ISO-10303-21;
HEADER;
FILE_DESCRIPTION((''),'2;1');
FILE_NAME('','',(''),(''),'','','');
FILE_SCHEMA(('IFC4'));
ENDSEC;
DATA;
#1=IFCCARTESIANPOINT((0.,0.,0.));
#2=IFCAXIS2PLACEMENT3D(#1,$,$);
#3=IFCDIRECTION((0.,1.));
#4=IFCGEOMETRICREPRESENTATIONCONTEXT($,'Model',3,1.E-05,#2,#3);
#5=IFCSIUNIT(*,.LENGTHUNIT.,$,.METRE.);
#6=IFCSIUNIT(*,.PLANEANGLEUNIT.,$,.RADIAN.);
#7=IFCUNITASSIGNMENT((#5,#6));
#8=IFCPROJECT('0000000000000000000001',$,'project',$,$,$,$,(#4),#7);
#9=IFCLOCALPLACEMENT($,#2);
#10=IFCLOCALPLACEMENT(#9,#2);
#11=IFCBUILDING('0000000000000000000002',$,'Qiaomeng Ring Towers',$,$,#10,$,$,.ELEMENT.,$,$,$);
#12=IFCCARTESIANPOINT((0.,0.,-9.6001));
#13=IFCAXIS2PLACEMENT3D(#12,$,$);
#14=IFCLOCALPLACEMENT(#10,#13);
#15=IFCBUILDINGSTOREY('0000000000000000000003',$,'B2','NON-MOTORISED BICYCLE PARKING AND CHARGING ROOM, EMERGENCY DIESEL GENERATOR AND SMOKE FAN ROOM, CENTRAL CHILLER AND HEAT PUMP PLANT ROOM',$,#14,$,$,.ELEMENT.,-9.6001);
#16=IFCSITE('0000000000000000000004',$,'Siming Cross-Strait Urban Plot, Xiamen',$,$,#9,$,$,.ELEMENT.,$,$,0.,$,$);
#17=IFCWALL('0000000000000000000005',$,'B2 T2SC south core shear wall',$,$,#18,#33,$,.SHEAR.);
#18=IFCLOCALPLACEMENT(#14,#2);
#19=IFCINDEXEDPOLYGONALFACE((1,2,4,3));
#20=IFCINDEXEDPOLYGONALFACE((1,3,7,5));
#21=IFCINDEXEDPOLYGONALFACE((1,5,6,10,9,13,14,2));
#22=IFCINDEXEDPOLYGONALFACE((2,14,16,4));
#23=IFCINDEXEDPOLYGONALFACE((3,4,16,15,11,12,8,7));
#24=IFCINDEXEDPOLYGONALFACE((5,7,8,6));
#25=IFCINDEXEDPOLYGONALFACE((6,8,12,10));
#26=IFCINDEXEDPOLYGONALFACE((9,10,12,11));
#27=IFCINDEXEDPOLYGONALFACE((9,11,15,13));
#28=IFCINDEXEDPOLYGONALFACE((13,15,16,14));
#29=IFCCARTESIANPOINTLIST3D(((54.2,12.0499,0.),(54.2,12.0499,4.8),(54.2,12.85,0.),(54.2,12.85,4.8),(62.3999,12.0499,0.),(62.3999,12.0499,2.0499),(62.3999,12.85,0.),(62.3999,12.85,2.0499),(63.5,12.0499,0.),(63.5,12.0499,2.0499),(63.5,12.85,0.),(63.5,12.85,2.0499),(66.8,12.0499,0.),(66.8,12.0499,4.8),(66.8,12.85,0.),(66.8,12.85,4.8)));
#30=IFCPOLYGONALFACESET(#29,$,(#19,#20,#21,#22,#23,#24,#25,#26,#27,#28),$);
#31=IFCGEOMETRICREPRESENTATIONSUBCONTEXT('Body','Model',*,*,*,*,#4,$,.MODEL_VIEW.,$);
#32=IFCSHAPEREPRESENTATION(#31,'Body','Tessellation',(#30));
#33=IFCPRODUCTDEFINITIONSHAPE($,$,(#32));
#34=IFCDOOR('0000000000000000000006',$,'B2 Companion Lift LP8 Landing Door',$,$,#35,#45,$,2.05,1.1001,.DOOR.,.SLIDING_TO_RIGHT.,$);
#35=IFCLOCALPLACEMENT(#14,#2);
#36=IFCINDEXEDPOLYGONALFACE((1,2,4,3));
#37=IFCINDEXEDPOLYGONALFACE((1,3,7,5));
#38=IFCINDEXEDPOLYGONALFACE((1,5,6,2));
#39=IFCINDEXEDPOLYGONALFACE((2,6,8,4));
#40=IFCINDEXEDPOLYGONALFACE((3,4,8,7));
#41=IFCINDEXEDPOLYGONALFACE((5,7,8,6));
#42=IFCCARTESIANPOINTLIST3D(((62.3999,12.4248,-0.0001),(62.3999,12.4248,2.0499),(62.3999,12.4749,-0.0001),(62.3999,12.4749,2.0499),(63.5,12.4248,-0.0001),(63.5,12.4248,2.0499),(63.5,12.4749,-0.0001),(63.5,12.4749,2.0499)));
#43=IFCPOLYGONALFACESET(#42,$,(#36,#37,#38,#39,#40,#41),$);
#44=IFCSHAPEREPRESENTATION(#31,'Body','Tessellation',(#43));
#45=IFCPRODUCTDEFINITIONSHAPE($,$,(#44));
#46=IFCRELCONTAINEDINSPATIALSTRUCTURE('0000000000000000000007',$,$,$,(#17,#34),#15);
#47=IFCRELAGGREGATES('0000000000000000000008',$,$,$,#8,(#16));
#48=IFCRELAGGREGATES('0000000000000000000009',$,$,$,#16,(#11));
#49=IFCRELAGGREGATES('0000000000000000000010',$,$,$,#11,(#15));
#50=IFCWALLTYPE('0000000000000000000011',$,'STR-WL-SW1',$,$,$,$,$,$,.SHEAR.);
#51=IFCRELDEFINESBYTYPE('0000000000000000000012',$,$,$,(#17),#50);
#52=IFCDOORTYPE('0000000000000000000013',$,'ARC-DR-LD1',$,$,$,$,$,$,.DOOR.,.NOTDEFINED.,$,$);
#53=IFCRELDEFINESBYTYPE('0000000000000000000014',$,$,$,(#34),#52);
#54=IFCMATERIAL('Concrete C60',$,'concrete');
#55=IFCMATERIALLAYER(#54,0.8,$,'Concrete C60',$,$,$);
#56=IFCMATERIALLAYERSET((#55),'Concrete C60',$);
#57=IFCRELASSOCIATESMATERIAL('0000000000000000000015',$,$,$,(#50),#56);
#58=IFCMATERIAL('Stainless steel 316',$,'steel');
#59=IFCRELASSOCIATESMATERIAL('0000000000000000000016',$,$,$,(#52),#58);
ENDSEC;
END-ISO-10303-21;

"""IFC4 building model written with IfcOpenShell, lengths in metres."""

from ifc_helpers import new_model, si_unit, direction, frame, frame_2d, origin, place, context, subcontext, project, spatial, rectangle, extrude, source, transform, mapped, material, layer, layer_set, type_object, element, fill, save


model = new_model("IFC4")

# Units and contexts
model_context = context("Model", 3, precision=1e-05, world=origin(), true_north=direction((0.0, 1.0)))
body_context = subcontext(model_context, "Body", "Model", "MODEL_VIEW")
ifc_project = project(units=[si_unit("LENGTHUNIT", "METRE"), si_unit("PLANEANGLEUNIT", "RADIAN")], contexts=[model_context])

# Site, building, storey
site_placement = place(None, origin())
site = spatial("IfcSite", under=ifc_project, at=site_placement, Name="Siming Cross-Strait Urban Plot, Xiamen", CompositionType="ELEMENT", RefElevation=0.0)
building_placement = place(site_placement, origin())
building = spatial("IfcBuilding", under=site, at=building_placement, Name="Qiaomeng Ring Towers", CompositionType="ELEMENT")
storey_placement = place(building_placement, frame((0.0, 0.0, -9.6001)))
storey = spatial("IfcBuildingStorey", under=building, at=storey_placement, Name="B2", Description="NON-MOTORISED BICYCLE PARKING AND CHARGING ROOM, EMERGENCY DIESEL GENERATOR AND SMOKE FAN ROOM, CENTRAL CHILLER AND HEAT PUMP PLANT ROOM", CompositionType="ELEMENT", Elevation=-9.6001)

# Shared definitions
ifc_material_1 = material(Name="Concrete C60", Category="concrete")

# Wall, opening, door
ifc_layer_1 = layer(ifc_material_1, 0.8, Name="Concrete C60")
ifc_layer_set_1 = layer_set([ifc_layer_1], Name="Concrete C60")
wall_type_1 = type_object("IfcWallType", Name="STR-WL-SW1", PredefinedType="SHEAR", material=ifc_layer_set_1)
wall_1_placement = place(storey_placement, frame((54.2, 12.45, 0.0), z_axis=(0.0, 0.0, 1.0), x_axis=(1.0, 0.0, 0.0)))
wall_1 = element("IfcWall", 1, at=wall_1_placement, inside=storey, type_object=wall_type_1, Name="B2 T2SC south core shear wall", PredefinedType="SHEAR", context=body_context, shape_type="SweptSolid", body=[
    extrude(rectangle(XDim=12.6001, YDim=0.8, at=frame_2d((6.3, 0.0))), origin(), (0.0, 0.0, 1.0), 4.8),
])
opening_1_placement = place(wall_1_placement, frame((8.2, 0.0, 0.0)))
opening_1 = element("IfcOpeningElement", 2, at=opening_1_placement, cuts=wall_1, PredefinedType="OPENING", context=body_context, shape_type="SweptSolid", body=[
    extrude(rectangle(XDim=1.1001, YDim=2.05, at=frame_2d((0.55, 1.0249))), frame((0.0, 0.4099, 0.0), z_axis=(0.0, -1.0, 0.0), x_axis=(1.0, 0.0, 0.0)), (0.0, 0.0, 1.0), 0.8201),
])
ifc_material_2 = material(Name="Stainless steel 316", Category="steel")
door_type_1 = type_object("IfcDoorType", Name="ARC-DR-LD1", OperationType="NOTDEFINED", PredefinedType="DOOR", material=ifc_material_2)
shared_shape_1 = source(origin(), body_context, "Body", "SweptSolid", [
    extrude(rectangle(XDim=1.1001, YDim=2.05, at=frame_2d((0.55, 1.0249))), frame((0.0, 0.0249, 0.0), z_axis=(0.0, -1.0, 0.0), x_axis=(1.0, 0.0, 0.0)), (0.0, 0.0, 1.0), 0.05),
])
door_1_placement = place(opening_1_placement, origin())
door_1 = element("IfcDoor", 3, at=door_1_placement, inside=storey, type_object=door_type_1, Name="B2 Companion Lift LP8 Landing Door", OperationType="SLIDING_TO_RIGHT", OverallHeight=2.05, OverallWidth=1.1001, PredefinedType="DOOR", context=body_context, shape_type="MappedRepresentation", body=[
    mapped(shared_shape_1, transform((0.0, 0.0, 0.0), x_axis=(1.0, 0.0, 0.0), y_axis=(0.0, 1.0, 0.0), z_axis=(0.0, 0.0, 1.0), scale=1.0)),
])
fill(opening_1, door_1)

save(model, "model.ifc")
